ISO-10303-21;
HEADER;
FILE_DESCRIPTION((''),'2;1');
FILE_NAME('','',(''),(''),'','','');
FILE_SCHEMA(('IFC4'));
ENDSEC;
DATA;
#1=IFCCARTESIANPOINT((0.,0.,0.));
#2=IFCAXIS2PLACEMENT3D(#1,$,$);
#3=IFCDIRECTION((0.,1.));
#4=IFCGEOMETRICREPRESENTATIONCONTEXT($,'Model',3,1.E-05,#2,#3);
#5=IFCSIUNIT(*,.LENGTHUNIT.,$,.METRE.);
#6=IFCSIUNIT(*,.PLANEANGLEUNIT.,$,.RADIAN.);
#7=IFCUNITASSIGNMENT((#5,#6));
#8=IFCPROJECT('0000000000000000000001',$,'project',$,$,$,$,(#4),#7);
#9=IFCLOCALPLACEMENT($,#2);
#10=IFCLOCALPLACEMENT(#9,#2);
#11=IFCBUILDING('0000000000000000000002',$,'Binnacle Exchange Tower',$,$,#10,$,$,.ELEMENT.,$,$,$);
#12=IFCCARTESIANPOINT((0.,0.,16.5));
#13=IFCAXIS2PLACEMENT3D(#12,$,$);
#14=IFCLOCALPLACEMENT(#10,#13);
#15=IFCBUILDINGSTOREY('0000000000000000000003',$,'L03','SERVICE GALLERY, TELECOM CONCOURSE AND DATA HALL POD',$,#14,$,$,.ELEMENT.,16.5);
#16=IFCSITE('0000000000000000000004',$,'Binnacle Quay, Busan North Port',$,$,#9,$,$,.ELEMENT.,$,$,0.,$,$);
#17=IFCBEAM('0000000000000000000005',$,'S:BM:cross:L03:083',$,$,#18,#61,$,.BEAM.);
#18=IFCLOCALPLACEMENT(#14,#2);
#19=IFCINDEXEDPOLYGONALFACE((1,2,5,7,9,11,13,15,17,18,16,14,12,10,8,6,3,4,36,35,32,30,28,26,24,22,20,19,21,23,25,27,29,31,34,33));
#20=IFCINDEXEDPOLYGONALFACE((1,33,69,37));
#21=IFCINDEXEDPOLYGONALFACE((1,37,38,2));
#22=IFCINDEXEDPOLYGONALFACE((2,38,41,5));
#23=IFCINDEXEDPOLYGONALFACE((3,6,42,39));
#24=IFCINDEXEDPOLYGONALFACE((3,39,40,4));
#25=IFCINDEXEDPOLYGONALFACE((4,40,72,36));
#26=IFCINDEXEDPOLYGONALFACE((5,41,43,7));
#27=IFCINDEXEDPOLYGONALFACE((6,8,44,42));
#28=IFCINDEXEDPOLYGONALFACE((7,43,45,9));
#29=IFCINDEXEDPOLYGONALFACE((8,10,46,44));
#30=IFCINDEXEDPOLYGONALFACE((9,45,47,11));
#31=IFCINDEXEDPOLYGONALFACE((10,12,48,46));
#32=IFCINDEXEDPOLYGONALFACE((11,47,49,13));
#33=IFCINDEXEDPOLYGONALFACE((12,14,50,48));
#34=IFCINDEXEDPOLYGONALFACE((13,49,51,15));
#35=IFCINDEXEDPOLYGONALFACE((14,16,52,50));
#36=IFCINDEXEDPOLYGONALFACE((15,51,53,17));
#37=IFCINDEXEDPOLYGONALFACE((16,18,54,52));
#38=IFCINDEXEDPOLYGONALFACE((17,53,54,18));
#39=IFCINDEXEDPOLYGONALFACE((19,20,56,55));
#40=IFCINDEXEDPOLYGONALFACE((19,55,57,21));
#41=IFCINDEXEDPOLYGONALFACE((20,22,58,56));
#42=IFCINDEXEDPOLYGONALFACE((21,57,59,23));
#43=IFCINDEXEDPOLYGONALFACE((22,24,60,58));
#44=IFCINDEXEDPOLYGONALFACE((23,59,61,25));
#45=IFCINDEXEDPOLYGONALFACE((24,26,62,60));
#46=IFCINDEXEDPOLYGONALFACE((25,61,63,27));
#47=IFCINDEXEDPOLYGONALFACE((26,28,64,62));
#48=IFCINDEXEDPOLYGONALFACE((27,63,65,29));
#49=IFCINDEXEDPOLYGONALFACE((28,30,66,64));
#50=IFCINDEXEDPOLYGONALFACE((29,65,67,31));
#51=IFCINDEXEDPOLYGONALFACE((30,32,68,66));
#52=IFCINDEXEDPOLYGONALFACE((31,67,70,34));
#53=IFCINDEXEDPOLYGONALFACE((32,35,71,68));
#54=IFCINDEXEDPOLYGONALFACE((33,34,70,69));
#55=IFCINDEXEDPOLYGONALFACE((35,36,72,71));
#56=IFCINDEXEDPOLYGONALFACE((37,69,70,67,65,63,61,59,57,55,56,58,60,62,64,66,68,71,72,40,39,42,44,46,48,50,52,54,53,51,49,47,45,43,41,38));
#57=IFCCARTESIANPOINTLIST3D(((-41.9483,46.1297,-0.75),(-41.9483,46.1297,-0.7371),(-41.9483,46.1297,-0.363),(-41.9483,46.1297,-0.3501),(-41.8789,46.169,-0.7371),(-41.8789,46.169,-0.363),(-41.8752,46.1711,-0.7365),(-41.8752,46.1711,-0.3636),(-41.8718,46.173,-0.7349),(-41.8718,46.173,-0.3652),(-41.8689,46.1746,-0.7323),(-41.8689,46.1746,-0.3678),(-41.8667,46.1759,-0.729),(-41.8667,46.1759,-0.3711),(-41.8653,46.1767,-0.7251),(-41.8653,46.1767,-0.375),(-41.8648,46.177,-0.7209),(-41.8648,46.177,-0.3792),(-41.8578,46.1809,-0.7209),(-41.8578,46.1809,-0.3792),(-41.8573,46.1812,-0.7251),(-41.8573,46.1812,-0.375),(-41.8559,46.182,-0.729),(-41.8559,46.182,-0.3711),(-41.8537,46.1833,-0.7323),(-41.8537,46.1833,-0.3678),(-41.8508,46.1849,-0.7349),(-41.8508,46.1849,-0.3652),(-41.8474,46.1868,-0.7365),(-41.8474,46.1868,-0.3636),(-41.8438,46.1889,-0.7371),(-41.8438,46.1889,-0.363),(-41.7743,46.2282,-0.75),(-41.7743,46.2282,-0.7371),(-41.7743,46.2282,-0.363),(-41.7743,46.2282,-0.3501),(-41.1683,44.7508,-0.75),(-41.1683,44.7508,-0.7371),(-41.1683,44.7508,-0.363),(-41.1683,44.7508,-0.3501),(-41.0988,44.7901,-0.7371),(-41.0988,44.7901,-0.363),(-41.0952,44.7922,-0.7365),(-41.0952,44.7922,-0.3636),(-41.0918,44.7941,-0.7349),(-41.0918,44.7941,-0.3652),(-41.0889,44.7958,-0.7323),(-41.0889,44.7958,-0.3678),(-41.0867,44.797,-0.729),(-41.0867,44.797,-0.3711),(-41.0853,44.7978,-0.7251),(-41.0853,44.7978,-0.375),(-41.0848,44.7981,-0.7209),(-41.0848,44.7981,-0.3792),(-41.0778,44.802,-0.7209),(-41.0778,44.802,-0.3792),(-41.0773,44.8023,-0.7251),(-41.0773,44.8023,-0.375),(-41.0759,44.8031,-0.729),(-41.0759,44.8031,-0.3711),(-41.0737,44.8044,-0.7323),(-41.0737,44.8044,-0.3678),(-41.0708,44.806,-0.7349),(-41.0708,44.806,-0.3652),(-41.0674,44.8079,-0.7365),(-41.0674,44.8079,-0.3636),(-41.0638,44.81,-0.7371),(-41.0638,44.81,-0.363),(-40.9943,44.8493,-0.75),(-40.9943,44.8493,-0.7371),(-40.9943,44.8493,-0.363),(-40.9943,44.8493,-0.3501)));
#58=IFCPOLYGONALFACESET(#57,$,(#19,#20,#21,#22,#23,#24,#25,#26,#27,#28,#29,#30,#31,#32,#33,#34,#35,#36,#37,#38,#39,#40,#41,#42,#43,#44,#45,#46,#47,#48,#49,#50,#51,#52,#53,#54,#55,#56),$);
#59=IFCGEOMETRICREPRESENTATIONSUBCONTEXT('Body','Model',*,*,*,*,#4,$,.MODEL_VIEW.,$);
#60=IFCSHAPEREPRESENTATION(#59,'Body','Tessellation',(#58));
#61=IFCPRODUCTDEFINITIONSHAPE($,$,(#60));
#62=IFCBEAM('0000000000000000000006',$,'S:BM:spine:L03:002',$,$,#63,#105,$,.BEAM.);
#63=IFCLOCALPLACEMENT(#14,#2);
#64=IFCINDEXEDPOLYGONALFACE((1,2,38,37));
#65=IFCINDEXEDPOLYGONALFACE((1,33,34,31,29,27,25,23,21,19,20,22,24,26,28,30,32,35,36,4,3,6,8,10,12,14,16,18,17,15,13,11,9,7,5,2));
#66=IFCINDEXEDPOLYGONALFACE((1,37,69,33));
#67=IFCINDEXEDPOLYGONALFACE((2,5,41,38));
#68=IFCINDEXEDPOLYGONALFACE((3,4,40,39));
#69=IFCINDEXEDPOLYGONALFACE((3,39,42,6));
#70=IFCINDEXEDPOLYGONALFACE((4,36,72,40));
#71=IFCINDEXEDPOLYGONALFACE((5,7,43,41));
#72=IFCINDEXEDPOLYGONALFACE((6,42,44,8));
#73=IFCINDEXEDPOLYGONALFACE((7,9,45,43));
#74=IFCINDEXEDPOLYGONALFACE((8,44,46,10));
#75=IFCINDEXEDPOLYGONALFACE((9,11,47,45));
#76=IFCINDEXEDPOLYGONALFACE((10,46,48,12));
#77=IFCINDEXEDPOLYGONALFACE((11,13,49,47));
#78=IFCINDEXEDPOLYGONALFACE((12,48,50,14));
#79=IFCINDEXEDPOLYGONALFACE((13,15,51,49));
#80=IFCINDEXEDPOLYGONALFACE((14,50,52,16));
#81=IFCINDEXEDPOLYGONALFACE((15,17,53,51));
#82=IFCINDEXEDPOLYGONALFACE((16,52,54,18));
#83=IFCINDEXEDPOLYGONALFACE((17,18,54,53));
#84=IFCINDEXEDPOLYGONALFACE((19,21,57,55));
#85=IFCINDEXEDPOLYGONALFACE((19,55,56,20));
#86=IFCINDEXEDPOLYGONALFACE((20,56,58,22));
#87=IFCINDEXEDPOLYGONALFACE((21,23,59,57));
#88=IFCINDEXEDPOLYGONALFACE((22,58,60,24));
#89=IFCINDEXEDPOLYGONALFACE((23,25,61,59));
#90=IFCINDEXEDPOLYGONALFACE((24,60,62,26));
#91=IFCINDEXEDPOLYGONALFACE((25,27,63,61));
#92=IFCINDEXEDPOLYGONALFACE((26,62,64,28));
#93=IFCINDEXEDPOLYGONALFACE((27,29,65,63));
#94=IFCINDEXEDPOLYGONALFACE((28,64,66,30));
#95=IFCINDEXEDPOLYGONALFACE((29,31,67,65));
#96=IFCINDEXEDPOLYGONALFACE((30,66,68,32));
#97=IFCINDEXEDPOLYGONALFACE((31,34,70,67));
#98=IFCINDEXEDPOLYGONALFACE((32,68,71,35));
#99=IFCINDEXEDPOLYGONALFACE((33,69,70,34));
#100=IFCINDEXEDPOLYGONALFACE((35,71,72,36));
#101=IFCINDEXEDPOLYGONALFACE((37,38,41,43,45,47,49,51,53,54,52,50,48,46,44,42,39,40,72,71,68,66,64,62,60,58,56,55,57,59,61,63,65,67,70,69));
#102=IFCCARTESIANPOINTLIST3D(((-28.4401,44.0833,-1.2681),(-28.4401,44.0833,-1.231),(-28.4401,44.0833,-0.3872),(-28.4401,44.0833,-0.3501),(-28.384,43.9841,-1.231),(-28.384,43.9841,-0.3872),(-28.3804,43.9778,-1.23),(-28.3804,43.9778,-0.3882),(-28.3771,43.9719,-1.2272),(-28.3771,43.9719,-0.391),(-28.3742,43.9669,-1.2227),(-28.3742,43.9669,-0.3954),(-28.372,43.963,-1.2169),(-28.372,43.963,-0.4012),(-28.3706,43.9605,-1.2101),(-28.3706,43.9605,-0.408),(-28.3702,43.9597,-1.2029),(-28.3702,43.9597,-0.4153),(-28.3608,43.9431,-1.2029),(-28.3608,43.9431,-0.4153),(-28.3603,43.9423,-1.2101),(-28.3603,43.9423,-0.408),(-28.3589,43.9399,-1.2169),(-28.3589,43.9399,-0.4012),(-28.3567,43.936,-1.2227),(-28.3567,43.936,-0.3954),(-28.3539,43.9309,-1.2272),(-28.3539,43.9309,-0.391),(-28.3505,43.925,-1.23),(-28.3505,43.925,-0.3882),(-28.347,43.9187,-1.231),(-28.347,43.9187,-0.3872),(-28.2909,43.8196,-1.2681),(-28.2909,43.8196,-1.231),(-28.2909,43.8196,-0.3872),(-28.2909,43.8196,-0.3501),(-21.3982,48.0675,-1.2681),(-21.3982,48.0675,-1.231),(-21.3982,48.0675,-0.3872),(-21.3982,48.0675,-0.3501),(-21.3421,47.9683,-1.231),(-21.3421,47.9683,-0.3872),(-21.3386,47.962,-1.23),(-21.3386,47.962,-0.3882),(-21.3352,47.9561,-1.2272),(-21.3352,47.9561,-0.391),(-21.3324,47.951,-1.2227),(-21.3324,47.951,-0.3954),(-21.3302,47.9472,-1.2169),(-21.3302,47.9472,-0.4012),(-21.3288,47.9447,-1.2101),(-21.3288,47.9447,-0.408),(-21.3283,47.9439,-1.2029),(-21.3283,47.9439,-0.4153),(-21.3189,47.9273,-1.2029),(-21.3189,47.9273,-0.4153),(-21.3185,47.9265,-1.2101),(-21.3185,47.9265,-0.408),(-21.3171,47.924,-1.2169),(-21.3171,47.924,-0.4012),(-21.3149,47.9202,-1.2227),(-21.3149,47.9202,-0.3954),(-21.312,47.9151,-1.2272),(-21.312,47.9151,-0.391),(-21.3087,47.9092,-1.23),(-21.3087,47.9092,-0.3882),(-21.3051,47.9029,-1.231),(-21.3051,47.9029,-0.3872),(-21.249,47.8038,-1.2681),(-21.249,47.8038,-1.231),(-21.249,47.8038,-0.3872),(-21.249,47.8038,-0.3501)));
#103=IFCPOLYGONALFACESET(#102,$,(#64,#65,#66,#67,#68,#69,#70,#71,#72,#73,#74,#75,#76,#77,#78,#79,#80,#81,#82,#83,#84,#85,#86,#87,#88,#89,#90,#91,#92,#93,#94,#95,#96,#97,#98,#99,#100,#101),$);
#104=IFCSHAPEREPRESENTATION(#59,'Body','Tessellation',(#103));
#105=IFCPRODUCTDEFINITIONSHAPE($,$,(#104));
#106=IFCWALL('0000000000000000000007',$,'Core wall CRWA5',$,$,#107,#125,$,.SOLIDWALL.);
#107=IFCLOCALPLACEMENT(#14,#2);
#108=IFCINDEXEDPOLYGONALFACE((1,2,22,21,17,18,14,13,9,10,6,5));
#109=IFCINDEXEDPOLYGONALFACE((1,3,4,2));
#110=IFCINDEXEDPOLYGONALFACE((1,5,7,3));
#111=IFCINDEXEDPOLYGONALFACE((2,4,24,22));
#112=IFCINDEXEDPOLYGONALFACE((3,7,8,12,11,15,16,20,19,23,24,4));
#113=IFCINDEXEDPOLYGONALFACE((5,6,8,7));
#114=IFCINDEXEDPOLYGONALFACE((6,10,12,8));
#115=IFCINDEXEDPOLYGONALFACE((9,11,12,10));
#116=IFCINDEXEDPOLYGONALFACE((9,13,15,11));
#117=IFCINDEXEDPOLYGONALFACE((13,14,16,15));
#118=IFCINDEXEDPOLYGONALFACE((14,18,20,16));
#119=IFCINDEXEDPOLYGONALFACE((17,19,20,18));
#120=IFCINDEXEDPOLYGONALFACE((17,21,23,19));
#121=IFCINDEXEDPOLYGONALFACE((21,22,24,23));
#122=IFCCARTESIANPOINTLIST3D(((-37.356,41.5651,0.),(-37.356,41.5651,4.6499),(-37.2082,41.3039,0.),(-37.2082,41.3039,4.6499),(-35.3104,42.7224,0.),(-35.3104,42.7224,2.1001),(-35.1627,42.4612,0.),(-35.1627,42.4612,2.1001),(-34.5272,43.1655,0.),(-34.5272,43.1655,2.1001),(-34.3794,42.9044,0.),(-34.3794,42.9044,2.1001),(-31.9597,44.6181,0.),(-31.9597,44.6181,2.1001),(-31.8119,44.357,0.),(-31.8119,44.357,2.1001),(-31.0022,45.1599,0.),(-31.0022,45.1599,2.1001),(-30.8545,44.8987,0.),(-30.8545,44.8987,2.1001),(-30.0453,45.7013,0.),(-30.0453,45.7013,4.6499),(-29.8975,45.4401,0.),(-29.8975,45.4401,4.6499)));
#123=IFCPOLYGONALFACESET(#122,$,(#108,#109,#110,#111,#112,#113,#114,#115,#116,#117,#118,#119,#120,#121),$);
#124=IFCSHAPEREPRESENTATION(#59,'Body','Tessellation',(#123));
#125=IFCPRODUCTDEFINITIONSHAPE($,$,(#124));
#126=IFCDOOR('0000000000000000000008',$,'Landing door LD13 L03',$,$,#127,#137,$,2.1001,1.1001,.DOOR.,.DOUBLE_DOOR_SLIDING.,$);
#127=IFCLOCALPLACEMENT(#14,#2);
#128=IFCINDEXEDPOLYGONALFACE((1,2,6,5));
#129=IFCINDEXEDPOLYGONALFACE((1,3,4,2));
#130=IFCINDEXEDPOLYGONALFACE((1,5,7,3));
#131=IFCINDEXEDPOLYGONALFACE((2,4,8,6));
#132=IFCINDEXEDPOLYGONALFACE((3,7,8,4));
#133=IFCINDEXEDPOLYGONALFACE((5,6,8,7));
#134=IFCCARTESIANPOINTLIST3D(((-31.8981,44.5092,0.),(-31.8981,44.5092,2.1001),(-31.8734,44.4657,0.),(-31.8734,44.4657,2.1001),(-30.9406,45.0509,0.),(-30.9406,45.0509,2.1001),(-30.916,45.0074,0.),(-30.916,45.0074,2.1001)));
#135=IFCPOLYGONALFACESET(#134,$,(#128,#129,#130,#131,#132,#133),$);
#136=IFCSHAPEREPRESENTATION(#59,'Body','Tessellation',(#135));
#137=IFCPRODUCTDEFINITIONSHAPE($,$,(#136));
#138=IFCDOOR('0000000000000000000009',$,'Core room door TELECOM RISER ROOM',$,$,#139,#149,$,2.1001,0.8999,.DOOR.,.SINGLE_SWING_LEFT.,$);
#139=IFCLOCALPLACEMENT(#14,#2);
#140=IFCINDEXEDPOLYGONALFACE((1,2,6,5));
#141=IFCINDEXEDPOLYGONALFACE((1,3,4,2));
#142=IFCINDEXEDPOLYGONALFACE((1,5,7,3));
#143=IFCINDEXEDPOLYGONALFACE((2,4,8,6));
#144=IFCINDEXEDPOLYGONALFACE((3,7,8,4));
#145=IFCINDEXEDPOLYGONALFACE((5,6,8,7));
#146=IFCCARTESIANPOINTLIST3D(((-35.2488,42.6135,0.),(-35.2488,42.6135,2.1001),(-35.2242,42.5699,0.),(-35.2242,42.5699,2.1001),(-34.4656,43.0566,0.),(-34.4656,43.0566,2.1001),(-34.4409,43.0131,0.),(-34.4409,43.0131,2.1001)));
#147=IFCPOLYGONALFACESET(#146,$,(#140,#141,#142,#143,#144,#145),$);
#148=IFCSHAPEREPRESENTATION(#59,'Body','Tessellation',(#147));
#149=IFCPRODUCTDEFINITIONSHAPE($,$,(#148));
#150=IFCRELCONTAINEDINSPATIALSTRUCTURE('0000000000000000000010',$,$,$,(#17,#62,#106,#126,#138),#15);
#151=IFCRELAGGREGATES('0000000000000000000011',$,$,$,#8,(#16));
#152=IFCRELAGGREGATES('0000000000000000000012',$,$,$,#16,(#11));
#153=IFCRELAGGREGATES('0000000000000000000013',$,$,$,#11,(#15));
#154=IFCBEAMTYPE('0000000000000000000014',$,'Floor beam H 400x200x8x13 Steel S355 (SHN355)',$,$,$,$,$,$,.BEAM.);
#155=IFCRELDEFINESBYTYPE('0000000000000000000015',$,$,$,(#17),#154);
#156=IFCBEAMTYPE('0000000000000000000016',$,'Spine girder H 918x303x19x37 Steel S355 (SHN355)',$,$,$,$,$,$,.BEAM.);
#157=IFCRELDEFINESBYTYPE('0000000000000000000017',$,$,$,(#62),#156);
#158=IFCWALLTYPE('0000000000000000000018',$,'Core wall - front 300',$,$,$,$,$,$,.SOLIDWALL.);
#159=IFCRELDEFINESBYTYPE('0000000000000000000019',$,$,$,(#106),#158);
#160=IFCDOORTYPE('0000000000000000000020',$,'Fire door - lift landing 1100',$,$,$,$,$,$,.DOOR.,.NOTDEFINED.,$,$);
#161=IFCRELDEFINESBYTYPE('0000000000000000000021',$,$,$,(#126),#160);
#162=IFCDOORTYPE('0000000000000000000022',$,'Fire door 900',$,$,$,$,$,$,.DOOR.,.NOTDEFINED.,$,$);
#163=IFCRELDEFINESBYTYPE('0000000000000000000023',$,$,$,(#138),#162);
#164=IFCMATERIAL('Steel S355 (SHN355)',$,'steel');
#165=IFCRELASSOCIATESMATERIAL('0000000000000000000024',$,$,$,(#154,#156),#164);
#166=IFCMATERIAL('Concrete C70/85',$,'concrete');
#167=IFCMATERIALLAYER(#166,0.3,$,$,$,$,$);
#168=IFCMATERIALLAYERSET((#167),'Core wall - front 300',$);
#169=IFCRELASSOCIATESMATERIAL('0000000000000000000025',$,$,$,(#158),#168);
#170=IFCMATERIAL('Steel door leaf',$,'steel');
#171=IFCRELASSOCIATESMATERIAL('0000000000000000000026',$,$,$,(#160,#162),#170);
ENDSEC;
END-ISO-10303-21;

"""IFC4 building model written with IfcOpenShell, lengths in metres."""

from ifc_helpers import new_model, si_unit, direction, frame, frame_2d, origin, origin_2d, place, context, subcontext, project, spatial, rectangle, i_section, extrude, material, layer, layer_set, material_profile, profile_set, type_object, element, fill, save


model = new_model("IFC4")

# Units and contexts
model_context = context("Model", 3, precision=1e-05, world=origin(), true_north=direction((0.0, 1.0)))
body_context = subcontext(model_context, "Body", "Model", "MODEL_VIEW")
ifc_project = project(units=[si_unit("LENGTHUNIT", "METRE"), si_unit("PLANEANGLEUNIT", "RADIAN")], contexts=[model_context])

# Site, building, storey
site_placement = place(None, origin())
site = spatial("IfcSite", under=ifc_project, at=site_placement, Name="Binnacle Quay, Busan North Port", CompositionType="ELEMENT", RefElevation=0.0)
building_placement = place(site_placement, origin())
building = spatial("IfcBuilding", under=site, at=building_placement, Name="Binnacle Exchange Tower", CompositionType="ELEMENT")
storey_placement = place(building_placement, frame((0.0, 0.0, 16.5)))
storey = spatial("IfcBuildingStorey", under=building, at=storey_placement, Name="L03", Description="SERVICE GALLERY, TELECOM CONCOURSE AND DATA HALL POD", CompositionType="ELEMENT", Elevation=16.5)

# Beams
ifc_material_1 = material(Name="Steel S355 (SHN355)", Category="steel")
ifc_material_profile_1 = material_profile(ifc_material_1, i_section(OverallWidth=0.2, OverallDepth=0.3999, WebThickness=0.0081, FlangeThickness=0.0129, FilletRadius=0.0161, at=origin_2d()), Name="H 400x200x8x13")
ifc_profile_set_1 = profile_set([ifc_material_profile_1], Name="Steel S355 (SHN355)")
beam_type_1 = type_object("IfcBeamType", Name="Floor beam H 400x200x8x13 Steel S355 (SHN355)", PredefinedType="BEAM", material=ifc_profile_set_1)
beam_1_placement = place(storey_placement, frame((-41.8613, 46.179, -0.55), z_axis=(0.492367, -0.870388, 0.0), x_axis=(0.870388, 0.492367, 0.0)))
element("IfcBeam", 1, at=beam_1_placement, inside=storey, type_object=beam_type_1, Name="S:BM:cross:L03:083", PredefinedType="BEAM", context=body_context, shape_type="SweptSolid", body=[
    extrude(i_section(OverallWidth=0.2, OverallDepth=0.3999, WebThickness=0.0081, FlangeThickness=0.0129, FilletRadius=0.0161, at=origin_2d()), origin(), (0.0, 0.0, 1.0), 1.5842),
])
ifc_material_profile_2 = material_profile(ifc_material_1, i_section(OverallWidth=0.303, OverallDepth=0.918, WebThickness=0.019, FlangeThickness=0.0371, FilletRadius=0.0281, at=origin_2d()), Name="H 918x303x19x37")
ifc_profile_set_2 = profile_set([ifc_material_profile_2], Name="Steel S355 (SHN355)")
beam_type_2 = type_object("IfcBeamType", Name="Spine girder H 918x303x19x37 Steel S355 (SHN355)", PredefinedType="BEAM", material=ifc_profile_set_2)
beam_2_placement = place(storey_placement, frame((-28.3655, 43.9514, -0.8091), z_axis=(0.87035, 0.492433, 0.0), x_axis=(-0.492433, 0.87035, 0.0)))
element("IfcBeam", 2, at=beam_2_placement, inside=storey, type_object=beam_type_2, Name="S:BM:spine:L03:002", PredefinedType="BEAM", context=body_context, shape_type="SweptSolid", body=[
    extrude(i_section(OverallWidth=0.303, OverallDepth=0.918, WebThickness=0.019, FlangeThickness=0.0371, FilletRadius=0.0281, at=origin_2d()), origin(), (0.0, 0.0, 1.0), 8.0908),
])

# Wall, openings, doors
ifc_material_2 = material(Name="Concrete C70/85", Category="concrete")
ifc_layer_1 = layer(ifc_material_2, 0.3)
ifc_layer_set_1 = layer_set([ifc_layer_1], Name="Core wall - front 300")
wall_type_1 = type_object("IfcWallType", Name="Core wall - front 300", PredefinedType="SOLIDWALL", material=ifc_layer_set_1)
wall_1_placement = place(storey_placement, frame((-37.282, 41.4346, 0.0), z_axis=(0.0, 0.0, 1.0), x_axis=(0.870357, 0.492422, 0.0)))
wall_1 = element("IfcWall", 3, at=wall_1_placement, inside=storey, type_object=wall_type_1, Name="Core wall CRWA5", PredefinedType="SOLIDWALL", context=body_context, shape_type="SweptSolid", body=[
    extrude(rectangle(XDim=8.3997, YDim=0.3, at=frame_2d((4.1997, 0.0))), origin(), (0.0, 0.0, 1.0), 4.6499),
])
opening_1_placement = place(wall_1_placement, frame((6.2, 0.0, 0.0)))
opening_1 = element("IfcOpeningElement", 4, at=opening_1_placement, cuts=wall_1, PredefinedType="OPENING", context=body_context, shape_type="SweptSolid", body=[
    extrude(rectangle(XDim=1.1001, YDim=2.1001, at=frame_2d((0.55, 1.05))), frame((0.0, 0.1599, 0.0), z_axis=(0.0, -1.0, 0.0), x_axis=(1.0, 0.0, 0.0)), (0.0, 0.0, 1.0), 0.3201),
])
opening_2_placement = place(wall_1_placement, frame((2.3501, 0.0, 0.0)))
opening_2 = element("IfcOpeningElement", 5, at=opening_2_placement, cuts=wall_1, PredefinedType="OPENING", context=body_context, shape_type="SweptSolid", body=[
    extrude(rectangle(XDim=0.8999, YDim=2.1001, at=frame_2d((0.45, 1.05))), frame((0.0, 0.1599, 0.0), z_axis=(0.0, -1.0, 0.0), x_axis=(1.0, 0.0, 0.0)), (0.0, 0.0, 1.0), 0.3201),
])
ifc_material_3 = material(Name="Steel door leaf", Category="steel")
door_type_1 = type_object("IfcDoorType", Name="Fire door - lift landing 1100", OperationType="NOTDEFINED", PredefinedType="DOOR", material=ifc_material_3)
door_1_placement = place(opening_1_placement, origin())
door_1 = element("IfcDoor", 6, at=door_1_placement, inside=storey, type_object=door_type_1, Name="Landing door LD13 L03", OperationType="DOUBLE_DOOR_SLIDING", OverallHeight=2.1001, OverallWidth=1.1001, PredefinedType="DOOR", context=body_context, shape_type="SweptSolid", body=[
    extrude(rectangle(XDim=1.1001, YDim=2.1001, at=frame_2d((0.55, 1.05))), frame((0.0, 0.0249, 0.0), z_axis=(0.0, -1.0, 0.0), x_axis=(1.0, 0.0, 0.0)), (0.0, 0.0, 1.0), 0.05),
])
fill(opening_1, door_1)
door_type_2 = type_object("IfcDoorType", Name="Fire door 900", OperationType="NOTDEFINED", PredefinedType="DOOR", material=ifc_material_3)
door_2_placement = place(opening_2_placement, origin())
door_2 = element("IfcDoor", 7, at=door_2_placement, inside=storey, type_object=door_type_2, Name="Core room door TELECOM RISER ROOM", OperationType="SINGLE_SWING_LEFT", OverallHeight=2.1001, OverallWidth=0.8999, PredefinedType="DOOR", context=body_context, shape_type="SweptSolid", body=[
    extrude(rectangle(XDim=0.8999, YDim=2.1001, at=frame_2d((0.45, 1.05))), frame((0.0, 0.0249, 0.0), z_axis=(0.0, -1.0, 0.0), x_axis=(1.0, 0.0, 0.0)), (0.0, 0.0, 1.0), 0.05),
])
fill(opening_2, door_2)

save(model, "model.ifc")
